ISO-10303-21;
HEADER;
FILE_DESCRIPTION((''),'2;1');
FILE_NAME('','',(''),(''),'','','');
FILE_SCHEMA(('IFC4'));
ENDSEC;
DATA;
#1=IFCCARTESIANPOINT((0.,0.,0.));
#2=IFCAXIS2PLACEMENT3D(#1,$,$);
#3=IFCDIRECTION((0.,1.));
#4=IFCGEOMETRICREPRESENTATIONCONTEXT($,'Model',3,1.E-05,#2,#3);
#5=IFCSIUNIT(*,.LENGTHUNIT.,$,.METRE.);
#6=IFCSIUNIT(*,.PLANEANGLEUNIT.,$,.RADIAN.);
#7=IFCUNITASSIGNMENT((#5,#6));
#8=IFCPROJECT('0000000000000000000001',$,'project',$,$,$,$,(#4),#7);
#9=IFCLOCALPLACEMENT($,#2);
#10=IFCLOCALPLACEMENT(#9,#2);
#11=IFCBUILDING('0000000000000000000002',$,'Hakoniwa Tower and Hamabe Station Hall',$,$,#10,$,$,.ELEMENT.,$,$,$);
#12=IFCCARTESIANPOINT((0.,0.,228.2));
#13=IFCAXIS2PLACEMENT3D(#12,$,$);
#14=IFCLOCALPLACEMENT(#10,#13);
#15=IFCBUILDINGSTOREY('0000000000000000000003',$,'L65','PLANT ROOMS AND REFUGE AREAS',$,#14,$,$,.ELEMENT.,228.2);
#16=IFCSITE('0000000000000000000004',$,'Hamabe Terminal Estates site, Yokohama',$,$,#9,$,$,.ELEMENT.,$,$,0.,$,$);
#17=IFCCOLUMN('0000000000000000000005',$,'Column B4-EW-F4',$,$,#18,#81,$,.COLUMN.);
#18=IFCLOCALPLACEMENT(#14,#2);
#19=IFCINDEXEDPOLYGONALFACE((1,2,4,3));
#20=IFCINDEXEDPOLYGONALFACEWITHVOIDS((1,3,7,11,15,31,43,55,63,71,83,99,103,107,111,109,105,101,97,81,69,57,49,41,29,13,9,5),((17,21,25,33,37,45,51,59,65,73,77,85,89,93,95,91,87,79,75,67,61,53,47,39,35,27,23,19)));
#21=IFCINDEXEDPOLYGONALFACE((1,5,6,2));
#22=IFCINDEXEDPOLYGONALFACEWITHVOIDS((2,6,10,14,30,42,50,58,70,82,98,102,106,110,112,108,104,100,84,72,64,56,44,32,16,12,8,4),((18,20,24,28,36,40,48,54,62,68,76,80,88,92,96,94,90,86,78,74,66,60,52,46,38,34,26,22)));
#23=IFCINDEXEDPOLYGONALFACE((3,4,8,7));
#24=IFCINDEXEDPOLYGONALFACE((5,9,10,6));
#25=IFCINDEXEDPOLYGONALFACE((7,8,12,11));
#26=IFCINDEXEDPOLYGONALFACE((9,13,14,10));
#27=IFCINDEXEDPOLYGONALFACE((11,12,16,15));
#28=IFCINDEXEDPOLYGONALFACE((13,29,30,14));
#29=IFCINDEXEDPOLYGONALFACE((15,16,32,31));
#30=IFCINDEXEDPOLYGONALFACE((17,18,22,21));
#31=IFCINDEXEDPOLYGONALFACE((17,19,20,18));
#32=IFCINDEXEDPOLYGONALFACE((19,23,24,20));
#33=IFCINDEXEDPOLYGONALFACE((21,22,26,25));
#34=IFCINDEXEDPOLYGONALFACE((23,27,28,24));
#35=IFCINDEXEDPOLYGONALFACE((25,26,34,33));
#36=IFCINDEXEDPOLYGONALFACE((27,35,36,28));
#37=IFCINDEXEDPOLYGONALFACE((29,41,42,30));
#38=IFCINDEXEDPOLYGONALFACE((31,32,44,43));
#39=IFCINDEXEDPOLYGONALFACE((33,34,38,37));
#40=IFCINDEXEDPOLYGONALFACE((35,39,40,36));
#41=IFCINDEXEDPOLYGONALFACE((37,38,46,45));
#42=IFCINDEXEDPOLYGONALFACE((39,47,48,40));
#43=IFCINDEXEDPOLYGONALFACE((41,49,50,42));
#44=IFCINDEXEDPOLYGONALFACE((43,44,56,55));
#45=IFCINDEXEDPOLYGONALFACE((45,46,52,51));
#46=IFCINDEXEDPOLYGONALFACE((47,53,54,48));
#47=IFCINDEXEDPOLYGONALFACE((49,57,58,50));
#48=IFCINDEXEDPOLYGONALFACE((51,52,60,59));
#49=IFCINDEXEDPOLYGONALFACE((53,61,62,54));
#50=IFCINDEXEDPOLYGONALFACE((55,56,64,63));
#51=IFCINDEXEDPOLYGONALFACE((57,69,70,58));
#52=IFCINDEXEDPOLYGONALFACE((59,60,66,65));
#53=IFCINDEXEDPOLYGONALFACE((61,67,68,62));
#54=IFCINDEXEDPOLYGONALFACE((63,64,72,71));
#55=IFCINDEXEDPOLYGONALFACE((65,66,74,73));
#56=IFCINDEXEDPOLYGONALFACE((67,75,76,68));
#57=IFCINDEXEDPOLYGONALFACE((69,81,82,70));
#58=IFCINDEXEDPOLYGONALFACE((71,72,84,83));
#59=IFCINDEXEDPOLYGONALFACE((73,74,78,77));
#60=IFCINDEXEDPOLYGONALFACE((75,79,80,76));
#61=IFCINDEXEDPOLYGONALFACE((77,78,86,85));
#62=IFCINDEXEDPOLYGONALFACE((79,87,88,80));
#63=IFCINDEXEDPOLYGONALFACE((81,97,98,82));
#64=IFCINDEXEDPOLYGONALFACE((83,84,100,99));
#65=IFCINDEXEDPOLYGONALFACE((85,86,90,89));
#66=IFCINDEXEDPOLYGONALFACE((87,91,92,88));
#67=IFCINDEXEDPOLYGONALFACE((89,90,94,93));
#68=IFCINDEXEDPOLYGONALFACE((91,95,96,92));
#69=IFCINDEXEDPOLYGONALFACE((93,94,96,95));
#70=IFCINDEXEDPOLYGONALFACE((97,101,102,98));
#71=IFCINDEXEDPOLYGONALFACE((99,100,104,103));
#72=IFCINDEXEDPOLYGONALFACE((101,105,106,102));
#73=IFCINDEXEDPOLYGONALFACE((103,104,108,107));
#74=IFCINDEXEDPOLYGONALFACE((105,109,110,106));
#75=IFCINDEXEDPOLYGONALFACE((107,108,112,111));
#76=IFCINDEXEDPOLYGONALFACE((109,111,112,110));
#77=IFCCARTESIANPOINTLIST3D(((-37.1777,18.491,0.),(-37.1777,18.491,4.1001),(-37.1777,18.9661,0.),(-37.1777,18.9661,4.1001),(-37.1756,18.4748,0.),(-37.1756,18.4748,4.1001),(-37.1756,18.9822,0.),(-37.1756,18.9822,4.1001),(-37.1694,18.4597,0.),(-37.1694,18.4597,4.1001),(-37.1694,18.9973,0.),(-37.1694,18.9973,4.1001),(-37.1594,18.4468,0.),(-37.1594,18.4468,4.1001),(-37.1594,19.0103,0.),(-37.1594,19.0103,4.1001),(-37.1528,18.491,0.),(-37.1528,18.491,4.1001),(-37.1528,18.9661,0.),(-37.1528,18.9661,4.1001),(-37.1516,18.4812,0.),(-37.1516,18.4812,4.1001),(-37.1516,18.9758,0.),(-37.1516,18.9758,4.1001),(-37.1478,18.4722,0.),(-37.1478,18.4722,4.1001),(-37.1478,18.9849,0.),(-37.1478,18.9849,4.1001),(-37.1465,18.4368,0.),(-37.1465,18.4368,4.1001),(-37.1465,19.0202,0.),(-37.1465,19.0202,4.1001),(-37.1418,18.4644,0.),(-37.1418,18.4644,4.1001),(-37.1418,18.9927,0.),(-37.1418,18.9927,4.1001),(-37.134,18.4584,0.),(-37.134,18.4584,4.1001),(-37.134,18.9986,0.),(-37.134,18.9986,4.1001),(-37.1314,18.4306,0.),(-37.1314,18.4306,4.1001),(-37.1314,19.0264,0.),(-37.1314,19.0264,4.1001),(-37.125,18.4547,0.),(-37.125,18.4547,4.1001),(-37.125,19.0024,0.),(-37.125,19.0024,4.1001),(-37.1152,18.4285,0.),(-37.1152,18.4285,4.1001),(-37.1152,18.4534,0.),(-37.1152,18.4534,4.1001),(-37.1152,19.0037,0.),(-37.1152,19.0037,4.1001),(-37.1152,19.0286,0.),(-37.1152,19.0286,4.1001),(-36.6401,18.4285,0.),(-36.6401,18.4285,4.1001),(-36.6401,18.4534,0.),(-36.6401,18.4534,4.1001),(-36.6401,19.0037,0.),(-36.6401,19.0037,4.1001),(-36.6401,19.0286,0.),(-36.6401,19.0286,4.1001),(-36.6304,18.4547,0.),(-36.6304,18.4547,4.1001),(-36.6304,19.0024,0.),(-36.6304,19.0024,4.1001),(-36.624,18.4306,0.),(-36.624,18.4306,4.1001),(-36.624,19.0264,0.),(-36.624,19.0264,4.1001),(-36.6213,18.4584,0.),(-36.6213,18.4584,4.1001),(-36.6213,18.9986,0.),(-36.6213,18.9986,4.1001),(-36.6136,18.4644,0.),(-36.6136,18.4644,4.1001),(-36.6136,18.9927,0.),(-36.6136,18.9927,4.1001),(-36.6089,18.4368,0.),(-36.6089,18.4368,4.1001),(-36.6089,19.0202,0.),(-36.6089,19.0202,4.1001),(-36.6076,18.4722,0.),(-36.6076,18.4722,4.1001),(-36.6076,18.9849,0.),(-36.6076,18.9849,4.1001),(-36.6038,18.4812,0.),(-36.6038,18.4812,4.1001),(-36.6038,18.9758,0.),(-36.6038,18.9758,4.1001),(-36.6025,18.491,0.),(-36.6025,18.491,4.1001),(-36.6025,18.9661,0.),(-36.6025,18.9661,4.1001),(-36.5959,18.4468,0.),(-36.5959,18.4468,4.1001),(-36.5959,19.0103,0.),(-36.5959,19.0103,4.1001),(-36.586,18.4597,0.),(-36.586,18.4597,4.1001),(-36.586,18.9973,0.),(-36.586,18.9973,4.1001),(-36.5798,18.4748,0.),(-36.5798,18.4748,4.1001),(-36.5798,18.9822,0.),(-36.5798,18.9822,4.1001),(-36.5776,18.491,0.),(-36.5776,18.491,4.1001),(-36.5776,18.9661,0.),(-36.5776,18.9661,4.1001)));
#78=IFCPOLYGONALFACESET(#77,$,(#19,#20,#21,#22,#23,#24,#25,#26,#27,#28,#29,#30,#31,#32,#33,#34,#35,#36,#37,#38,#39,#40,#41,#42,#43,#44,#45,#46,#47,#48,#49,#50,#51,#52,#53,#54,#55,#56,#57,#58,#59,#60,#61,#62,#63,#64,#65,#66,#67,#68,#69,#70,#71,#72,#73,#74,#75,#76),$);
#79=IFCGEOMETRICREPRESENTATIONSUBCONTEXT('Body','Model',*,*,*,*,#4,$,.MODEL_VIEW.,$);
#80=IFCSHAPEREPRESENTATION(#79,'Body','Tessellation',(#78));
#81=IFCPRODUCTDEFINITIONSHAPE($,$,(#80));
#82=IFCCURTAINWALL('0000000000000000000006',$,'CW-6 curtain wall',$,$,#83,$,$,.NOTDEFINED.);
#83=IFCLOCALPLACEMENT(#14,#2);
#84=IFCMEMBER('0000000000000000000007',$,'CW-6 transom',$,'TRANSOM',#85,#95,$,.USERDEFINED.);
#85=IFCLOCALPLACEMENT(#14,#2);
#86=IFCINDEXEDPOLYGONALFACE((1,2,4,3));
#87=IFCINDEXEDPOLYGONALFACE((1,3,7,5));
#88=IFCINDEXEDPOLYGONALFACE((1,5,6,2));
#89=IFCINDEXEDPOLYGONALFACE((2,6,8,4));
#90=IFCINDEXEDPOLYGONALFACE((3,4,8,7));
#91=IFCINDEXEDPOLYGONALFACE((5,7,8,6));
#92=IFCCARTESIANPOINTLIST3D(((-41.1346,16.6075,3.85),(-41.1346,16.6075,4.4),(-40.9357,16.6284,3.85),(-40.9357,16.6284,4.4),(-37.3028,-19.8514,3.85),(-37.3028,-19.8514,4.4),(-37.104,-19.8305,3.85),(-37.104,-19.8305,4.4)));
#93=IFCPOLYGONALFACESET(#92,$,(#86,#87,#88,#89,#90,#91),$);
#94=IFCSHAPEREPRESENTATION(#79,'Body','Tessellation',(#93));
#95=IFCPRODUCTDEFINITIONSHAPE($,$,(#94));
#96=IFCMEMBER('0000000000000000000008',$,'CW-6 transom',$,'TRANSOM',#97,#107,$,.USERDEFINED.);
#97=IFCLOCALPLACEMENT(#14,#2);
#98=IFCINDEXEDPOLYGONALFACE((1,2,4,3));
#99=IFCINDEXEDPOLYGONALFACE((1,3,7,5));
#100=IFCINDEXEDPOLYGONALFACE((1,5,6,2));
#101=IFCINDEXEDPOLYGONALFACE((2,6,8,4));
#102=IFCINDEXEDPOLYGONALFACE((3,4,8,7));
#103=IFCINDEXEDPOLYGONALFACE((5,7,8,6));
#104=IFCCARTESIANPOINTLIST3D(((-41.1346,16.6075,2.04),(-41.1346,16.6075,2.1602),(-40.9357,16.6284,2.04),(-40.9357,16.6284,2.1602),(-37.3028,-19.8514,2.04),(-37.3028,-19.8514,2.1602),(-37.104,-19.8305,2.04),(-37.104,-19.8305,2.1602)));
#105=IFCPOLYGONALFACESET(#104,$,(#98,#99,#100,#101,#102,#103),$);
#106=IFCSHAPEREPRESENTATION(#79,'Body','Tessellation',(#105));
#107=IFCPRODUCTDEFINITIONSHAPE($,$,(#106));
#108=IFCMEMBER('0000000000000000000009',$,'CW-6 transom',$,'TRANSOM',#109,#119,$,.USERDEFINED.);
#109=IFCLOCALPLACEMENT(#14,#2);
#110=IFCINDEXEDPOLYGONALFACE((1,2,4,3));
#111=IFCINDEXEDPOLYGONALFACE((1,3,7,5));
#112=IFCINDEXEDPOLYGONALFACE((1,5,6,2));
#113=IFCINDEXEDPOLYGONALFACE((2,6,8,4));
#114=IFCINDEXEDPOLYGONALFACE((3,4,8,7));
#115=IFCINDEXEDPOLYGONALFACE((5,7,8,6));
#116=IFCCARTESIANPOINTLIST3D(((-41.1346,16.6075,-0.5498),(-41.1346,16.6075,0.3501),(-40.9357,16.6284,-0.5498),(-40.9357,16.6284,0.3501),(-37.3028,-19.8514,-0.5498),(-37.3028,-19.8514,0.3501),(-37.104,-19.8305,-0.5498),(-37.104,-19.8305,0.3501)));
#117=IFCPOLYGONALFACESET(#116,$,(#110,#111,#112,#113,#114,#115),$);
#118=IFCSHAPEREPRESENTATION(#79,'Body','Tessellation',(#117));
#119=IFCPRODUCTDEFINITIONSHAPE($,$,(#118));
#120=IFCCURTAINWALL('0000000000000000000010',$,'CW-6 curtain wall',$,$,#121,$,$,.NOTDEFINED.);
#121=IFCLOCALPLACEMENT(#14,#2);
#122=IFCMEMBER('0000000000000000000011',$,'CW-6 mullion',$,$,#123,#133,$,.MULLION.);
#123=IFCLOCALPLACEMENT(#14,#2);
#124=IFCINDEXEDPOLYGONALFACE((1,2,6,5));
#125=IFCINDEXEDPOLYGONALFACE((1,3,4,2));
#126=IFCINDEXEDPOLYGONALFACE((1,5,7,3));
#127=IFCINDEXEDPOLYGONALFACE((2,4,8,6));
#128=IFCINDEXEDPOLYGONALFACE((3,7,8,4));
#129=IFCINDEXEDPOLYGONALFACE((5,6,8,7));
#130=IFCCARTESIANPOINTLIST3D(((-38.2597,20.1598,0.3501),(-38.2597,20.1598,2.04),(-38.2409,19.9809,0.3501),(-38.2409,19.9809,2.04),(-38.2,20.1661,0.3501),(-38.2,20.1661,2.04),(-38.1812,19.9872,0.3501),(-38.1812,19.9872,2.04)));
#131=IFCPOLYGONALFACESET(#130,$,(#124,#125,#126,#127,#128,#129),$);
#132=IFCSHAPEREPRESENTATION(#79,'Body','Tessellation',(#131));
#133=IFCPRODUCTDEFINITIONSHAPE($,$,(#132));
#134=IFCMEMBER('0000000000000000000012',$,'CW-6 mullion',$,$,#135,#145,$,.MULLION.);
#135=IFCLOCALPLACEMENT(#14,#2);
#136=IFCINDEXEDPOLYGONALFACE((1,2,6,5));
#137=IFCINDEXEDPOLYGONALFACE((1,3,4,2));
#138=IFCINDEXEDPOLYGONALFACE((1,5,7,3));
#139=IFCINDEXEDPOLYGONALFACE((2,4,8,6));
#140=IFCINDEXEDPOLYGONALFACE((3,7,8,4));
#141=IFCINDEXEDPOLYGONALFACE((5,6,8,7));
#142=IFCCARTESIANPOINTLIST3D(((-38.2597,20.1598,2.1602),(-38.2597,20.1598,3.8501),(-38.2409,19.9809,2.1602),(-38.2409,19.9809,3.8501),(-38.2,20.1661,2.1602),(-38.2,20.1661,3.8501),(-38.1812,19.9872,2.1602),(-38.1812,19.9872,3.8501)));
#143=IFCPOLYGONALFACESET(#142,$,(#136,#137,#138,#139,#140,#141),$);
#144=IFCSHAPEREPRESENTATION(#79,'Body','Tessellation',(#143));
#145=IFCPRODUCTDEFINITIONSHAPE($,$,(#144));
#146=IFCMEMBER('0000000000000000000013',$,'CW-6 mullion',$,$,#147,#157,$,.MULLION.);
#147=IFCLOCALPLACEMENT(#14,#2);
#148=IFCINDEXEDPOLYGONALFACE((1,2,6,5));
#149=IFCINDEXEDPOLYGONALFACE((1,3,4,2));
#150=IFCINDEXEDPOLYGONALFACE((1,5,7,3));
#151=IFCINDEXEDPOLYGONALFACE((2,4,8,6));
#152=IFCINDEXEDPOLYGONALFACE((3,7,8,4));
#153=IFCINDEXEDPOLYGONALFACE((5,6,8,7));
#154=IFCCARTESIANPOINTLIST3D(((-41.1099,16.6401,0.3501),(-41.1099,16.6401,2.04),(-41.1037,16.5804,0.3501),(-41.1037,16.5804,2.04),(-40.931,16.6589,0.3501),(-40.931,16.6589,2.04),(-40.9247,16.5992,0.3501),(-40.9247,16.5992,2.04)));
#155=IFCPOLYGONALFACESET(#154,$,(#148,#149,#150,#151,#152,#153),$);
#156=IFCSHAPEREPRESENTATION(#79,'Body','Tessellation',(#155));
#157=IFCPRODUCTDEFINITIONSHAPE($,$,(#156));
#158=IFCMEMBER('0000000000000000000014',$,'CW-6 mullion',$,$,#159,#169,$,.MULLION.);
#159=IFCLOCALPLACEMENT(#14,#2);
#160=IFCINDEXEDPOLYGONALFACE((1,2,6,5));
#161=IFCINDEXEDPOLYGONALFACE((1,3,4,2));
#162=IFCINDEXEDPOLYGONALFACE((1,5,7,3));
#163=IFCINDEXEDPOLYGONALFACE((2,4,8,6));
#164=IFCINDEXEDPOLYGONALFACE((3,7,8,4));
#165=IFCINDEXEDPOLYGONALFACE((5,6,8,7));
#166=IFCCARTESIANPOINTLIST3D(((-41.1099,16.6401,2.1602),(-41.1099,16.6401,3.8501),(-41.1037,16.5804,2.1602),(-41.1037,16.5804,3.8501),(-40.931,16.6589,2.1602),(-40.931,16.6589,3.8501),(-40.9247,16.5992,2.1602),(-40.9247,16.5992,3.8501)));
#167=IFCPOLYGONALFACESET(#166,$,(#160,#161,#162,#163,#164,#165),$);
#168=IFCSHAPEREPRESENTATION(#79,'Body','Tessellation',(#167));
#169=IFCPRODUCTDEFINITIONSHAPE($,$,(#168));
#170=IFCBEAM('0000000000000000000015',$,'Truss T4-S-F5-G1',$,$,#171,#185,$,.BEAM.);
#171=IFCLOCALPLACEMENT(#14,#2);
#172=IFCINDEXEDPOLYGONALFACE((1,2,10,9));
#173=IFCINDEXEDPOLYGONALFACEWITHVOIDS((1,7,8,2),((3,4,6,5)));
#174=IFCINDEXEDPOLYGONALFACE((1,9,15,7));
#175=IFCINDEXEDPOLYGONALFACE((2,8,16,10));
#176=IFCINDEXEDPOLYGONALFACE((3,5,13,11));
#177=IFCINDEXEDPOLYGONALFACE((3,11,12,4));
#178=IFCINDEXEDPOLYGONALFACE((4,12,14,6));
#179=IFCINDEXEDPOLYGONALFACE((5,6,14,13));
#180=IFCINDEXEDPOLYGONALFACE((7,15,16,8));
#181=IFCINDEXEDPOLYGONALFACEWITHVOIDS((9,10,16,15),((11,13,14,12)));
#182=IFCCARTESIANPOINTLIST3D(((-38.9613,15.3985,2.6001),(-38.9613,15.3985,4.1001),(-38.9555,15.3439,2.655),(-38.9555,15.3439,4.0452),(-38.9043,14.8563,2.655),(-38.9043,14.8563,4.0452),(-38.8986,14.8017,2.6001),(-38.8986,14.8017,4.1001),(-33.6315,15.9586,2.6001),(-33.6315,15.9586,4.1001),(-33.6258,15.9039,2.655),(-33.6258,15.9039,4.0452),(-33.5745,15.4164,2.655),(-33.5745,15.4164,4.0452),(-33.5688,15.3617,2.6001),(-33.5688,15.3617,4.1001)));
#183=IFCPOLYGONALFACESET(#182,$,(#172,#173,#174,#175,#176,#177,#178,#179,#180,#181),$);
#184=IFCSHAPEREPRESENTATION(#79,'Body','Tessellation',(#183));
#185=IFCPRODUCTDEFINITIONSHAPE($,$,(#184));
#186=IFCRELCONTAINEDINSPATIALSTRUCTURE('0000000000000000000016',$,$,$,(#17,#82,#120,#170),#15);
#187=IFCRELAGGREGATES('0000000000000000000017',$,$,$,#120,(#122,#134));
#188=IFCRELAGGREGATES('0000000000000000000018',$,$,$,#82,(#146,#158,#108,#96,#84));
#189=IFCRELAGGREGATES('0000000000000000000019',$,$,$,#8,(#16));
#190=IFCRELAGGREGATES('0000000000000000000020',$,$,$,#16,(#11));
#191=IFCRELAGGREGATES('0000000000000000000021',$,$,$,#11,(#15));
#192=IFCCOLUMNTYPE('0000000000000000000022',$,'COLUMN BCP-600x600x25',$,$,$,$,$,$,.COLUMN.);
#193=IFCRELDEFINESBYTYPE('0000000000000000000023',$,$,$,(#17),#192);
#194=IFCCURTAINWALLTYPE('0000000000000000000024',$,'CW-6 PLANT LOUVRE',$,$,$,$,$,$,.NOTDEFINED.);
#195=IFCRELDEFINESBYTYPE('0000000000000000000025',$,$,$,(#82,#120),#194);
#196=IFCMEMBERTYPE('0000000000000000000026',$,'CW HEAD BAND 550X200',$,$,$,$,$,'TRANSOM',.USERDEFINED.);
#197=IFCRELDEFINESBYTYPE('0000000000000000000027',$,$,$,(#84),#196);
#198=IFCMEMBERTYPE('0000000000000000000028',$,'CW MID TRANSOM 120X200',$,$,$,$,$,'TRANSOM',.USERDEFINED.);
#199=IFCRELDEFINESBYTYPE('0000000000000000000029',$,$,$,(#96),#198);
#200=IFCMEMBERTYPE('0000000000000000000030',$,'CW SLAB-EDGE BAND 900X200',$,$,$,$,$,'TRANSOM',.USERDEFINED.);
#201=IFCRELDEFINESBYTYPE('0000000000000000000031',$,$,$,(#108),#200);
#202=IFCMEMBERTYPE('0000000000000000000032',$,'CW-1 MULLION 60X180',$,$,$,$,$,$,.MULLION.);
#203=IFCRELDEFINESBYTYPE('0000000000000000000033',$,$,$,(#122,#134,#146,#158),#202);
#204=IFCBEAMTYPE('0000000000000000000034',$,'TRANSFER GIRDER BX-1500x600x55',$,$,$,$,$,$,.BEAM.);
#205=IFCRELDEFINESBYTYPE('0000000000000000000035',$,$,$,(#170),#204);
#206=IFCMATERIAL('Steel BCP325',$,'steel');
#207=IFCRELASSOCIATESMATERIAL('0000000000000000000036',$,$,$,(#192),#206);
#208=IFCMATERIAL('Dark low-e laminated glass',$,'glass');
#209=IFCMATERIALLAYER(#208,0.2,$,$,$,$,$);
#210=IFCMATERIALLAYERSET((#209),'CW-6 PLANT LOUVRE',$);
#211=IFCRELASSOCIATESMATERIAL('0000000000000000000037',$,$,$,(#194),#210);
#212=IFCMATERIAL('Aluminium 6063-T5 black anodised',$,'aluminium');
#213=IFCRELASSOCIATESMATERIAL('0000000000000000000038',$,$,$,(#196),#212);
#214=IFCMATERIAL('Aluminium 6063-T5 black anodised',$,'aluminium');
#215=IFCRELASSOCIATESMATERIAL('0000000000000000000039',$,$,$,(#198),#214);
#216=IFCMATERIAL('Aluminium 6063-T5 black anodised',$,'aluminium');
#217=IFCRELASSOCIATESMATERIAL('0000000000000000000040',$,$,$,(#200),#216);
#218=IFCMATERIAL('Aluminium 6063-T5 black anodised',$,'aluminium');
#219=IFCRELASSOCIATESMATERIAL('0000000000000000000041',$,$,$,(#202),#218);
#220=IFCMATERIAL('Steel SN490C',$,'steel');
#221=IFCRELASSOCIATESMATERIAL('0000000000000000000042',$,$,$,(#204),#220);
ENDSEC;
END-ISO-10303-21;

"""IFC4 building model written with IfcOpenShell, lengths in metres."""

from ifc_helpers import new_model, si_unit, direction, frame, origin, origin_2d, place, context, subcontext, project, spatial, rectangle, hollow_rectangle, extrude, material, layer, layer_set, material_profile, profile_set, type_object, element, aggregate, save


model = new_model("IFC4")

# Units and contexts
model_context = context("Model", 3, precision=1e-05, world=origin(), true_north=direction((0.0, 1.0)))
body_context = subcontext(model_context, "Body", "Model", "MODEL_VIEW")
ifc_project = project(units=[si_unit("LENGTHUNIT", "METRE"), si_unit("PLANEANGLEUNIT", "RADIAN")], contexts=[model_context])

# Site, building, storey
site_placement = place(None, origin())
site = spatial("IfcSite", under=ifc_project, at=site_placement, Name="Hamabe Terminal Estates site, Yokohama", CompositionType="ELEMENT", RefElevation=0.0)
building_placement = place(site_placement, origin())
building = spatial("IfcBuilding", under=site, at=building_placement, Name="Hakoniwa Tower and Hamabe Station Hall", CompositionType="ELEMENT")
storey_placement = place(building_placement, frame((0.0, 0.0, 228.2)))
storey = spatial("IfcBuildingStorey", under=building, at=storey_placement, Name="L65", Description="PLANT ROOMS AND REFUGE AREAS", CompositionType="ELEMENT", Elevation=228.2)

# Column
ifc_material_1 = material(Name="Steel BCP325", Category="steel")
ifc_material_profile_1 = material_profile(ifc_material_1, hollow_rectangle(XDim=0.6001, YDim=0.6001, WallThickness=0.0249, InnerFilletRadius=0.0376, OuterFilletRadius=0.0625, at=origin_2d()), Name="BCP-600x600x25")
ifc_profile_set_1 = profile_set([ifc_material_profile_1], Name="Steel BCP325")
column_type = type_object("IfcColumnType", Name="COLUMN BCP-600x600x25", PredefinedType="COLUMN", material=ifc_profile_set_1)
column_placement = place(storey_placement, frame((-36.8777, 18.7285, 0.0), z_axis=(0.0, 0.0, 1.0), x_axis=(1.0, 0.0, 0.0)))
element("IfcColumn", 1, at=column_placement, inside=storey, type_object=column_type, Name="Column B4-EW-F4", PredefinedType="COLUMN", context=body_context, shape_type="SweptSolid", body=[
    extrude(hollow_rectangle(XDim=0.6001, YDim=0.6001, WallThickness=0.0249, InnerFilletRadius=0.0376, OuterFilletRadius=0.0625, at=origin_2d()), origin(), (0.0, 0.0, 1.0), 4.1001),
])

# Curtain walls, members
ifc_material_2 = material(Name="Dark low-e laminated glass", Category="glass")
ifc_layer_1 = layer(ifc_material_2, 0.2)
ifc_layer_set_1 = layer_set([ifc_layer_1], Name="CW-6 PLANT LOUVRE")
curtain_wall_type = type_object("IfcCurtainWallType", Name="CW-6 PLANT LOUVRE", PredefinedType="NOTDEFINED", material=ifc_layer_set_1)
curtain_wall_1_placement = place(storey_placement, origin())
curtain_wall_1 = element("IfcCurtainWall", 2, at=curtain_wall_1_placement, inside=storey, type_object=curtain_wall_type, Name="CW-6 curtain wall", PredefinedType="NOTDEFINED")
ifc_material_3 = material(Name="Aluminium 6063-T5 black anodised", Category="aluminium")
ifc_material_profile_2 = material_profile(ifc_material_3, rectangle(XDim=0.2, YDim=0.55, at=origin_2d()), Name="CW HEAD BAND 550X200")
ifc_profile_set_2 = profile_set([ifc_material_profile_2], Name="Aluminium 6063-T5 black anodised")
member_type_1 = type_object("IfcMemberType", Name="CW HEAD BAND 550X200", ElementType="TRANSOM", PredefinedType="USERDEFINED", material=ifc_profile_set_2)
member_1_placement = place(storey_placement, frame((-41.0352, 16.6179, 4.125), z_axis=(0.104523, -0.994522, 0.0), x_axis=(0.994522, 0.104523, 0.0)))
member_1 = element("IfcMember", 3, at=member_1_placement, type_object=member_type_1, Name="CW-6 transom", ObjectType="TRANSOM", PredefinedType="USERDEFINED", context=body_context, shape_type="SweptSolid", body=[
    extrude(rectangle(XDim=0.2, YDim=0.55, at=origin_2d()), origin(), (0.0, 0.0, 1.0), 36.6597),
])
ifc_material_4 = material(Name="Aluminium 6063-T5 black anodised", Category="aluminium")
ifc_material_profile_3 = material_profile(ifc_material_4, rectangle(XDim=0.2, YDim=0.1201, at=origin_2d()), Name="CW MID TRANSOM 120X200")
ifc_profile_set_3 = profile_set([ifc_material_profile_3], Name="Aluminium 6063-T5 black anodised")
member_type_2 = type_object("IfcMemberType", Name="CW MID TRANSOM 120X200", ElementType="TRANSOM", PredefinedType="USERDEFINED", material=ifc_profile_set_3)
member_2_placement = place(storey_placement, frame((-41.0352, 16.6179, 2.1001), z_axis=(0.104523, -0.994522, 0.0), x_axis=(0.994522, 0.104523, 0.0)))
member_2 = element("IfcMember", 4, at=member_2_placement, type_object=member_type_2, Name="CW-6 transom", ObjectType="TRANSOM", PredefinedType="USERDEFINED", context=body_context, shape_type="SweptSolid", body=[
    extrude(rectangle(XDim=0.2, YDim=0.1201, at=origin_2d()), origin(), (0.0, 0.0, 1.0), 36.6597),
])
ifc_material_5 = material(Name="Aluminium 6063-T5 black anodised", Category="aluminium")
ifc_material_profile_4 = material_profile(ifc_material_5, rectangle(XDim=0.2, YDim=0.8999, at=origin_2d()), Name="CW SLAB-EDGE BAND 900X200")
ifc_profile_set_4 = profile_set([ifc_material_profile_4], Name="Aluminium 6063-T5 black anodised")
member_type_3 = type_object("IfcMemberType", Name="CW SLAB-EDGE BAND 900X200", ElementType="TRANSOM", PredefinedType="USERDEFINED", material=ifc_profile_set_4)
member_3_placement = place(storey_placement, frame((-41.0352, 16.6179, -0.0999), z_axis=(0.104523, -0.994522, 0.0), x_axis=(0.994522, 0.104523, 0.0)))
member_3 = element("IfcMember", 5, at=member_3_placement, type_object=member_type_3, Name="CW-6 transom", ObjectType="TRANSOM", PredefinedType="USERDEFINED", context=body_context, shape_type="SweptSolid", body=[
    extrude(rectangle(XDim=0.2, YDim=0.8999, at=origin_2d()), origin(), (0.0, 0.0, 1.0), 36.6597),
])
curtain_wall_2_placement = place(storey_placement, origin())
curtain_wall_2 = element("IfcCurtainWall", 6, at=curtain_wall_2_placement, inside=storey, type_object=curtain_wall_type, Name="CW-6 curtain wall", PredefinedType="NOTDEFINED")
ifc_material_6 = material(Name="Aluminium 6063-T5 black anodised", Category="aluminium")
ifc_material_profile_5 = material_profile(ifc_material_6, rectangle(XDim=0.0601, YDim=0.1799, at=origin_2d()), Name="CW-1 MULLION 60X180")
ifc_profile_set_5 = profile_set([ifc_material_profile_5], Name="Aluminium 6063-T5 black anodised")
member_type_4 = type_object("IfcMemberType", Name="CW-1 MULLION 60X180", PredefinedType="MULLION", material=ifc_profile_set_5)
member_4_placement = place(storey_placement, frame((-38.2205, 20.0735, 0.3501), z_axis=(0.0, 0.0, 1.0), x_axis=(-0.994522, -0.104528, 0.0)))
member_4 = element("IfcMember", 7, at=member_4_placement, type_object=member_type_4, Name="CW-6 mullion", PredefinedType="MULLION", context=body_context, shape_type="SweptSolid", body=[
    extrude(rectangle(XDim=0.0601, YDim=0.1799, at=origin_2d()), origin(), (0.0, 0.0, 1.0), 1.6899),
])
member_5_placement = place(storey_placement, frame((-38.2205, 20.0735, 2.1602), z_axis=(0.0, 0.0, 1.0), x_axis=(-0.994522, -0.104528, 0.0)))
member_5 = element("IfcMember", 8, at=member_5_placement, type_object=member_type_4, Name="CW-6 mullion", PredefinedType="MULLION", context=body_context, shape_type="SweptSolid", body=[
    extrude(rectangle(XDim=0.0601, YDim=0.1799, at=origin_2d()), origin(), (0.0, 0.0, 1.0), 1.6899),
])
aggregate(curtain_wall_2, [member_4, member_5])

# Members
member_6_placement = place(storey_placement, frame((-41.0173, 16.6196, 0.3501), z_axis=(0.0, 0.0, 1.0), x_axis=(0.104528, -0.994522, 0.0)))
member_6 = element("IfcMember", 9, at=member_6_placement, type_object=member_type_4, Name="CW-6 mullion", PredefinedType="MULLION", context=body_context, shape_type="SweptSolid", body=[
    extrude(rectangle(XDim=0.0601, YDim=0.1799, at=origin_2d()), origin(), (0.0, 0.0, 1.0), 1.6899),
])
member_7_placement = place(storey_placement, frame((-41.0173, 16.6196, 2.1602), z_axis=(0.0, 0.0, 1.0), x_axis=(0.104528, -0.994522, 0.0)))
member_7 = element("IfcMember", 10, at=member_7_placement, type_object=member_type_4, Name="CW-6 mullion", PredefinedType="MULLION", context=body_context, shape_type="SweptSolid", body=[
    extrude(rectangle(XDim=0.0601, YDim=0.1799, at=origin_2d()), origin(), (0.0, 0.0, 1.0), 1.6899),
])

# Beam
ifc_material_7 = material(Name="Steel SN490C", Category="steel")
ifc_material_profile_6 = material_profile(ifc_material_7, hollow_rectangle(XDim=0.6001, YDim=1.5, WallThickness=0.0549, at=origin_2d()), Name="BX-1500x600x55")
ifc_profile_set_6 = profile_set([ifc_material_profile_6], Name="Steel SN490C")
beam_type = type_object("IfcBeamType", Name="TRANSFER GIRDER BX-1500x600x55", PredefinedType="BEAM", material=ifc_profile_set_6)
beam_1_placement = place(storey_placement, frame((-38.9299, 15.1001, 3.3501), z_axis=(0.994524, 0.104505, 0.0), x_axis=(-0.104505, 0.994524, 0.0)))
element("IfcBeam", 11, at=beam_1_placement, inside=storey, type_object=beam_type, Name="Truss T4-S-F5-G1", PredefinedType="BEAM", context=body_context, shape_type="SweptSolid", body=[
    extrude(hollow_rectangle(XDim=0.6001, YDim=1.5, WallThickness=0.0549, at=origin_2d()), origin(), (0.0, 0.0, 1.0), 5.3591),
])

aggregate(curtain_wall_1, [member_6, member_7, member_3, member_2, member_1])

save(model, "model.ifc")
